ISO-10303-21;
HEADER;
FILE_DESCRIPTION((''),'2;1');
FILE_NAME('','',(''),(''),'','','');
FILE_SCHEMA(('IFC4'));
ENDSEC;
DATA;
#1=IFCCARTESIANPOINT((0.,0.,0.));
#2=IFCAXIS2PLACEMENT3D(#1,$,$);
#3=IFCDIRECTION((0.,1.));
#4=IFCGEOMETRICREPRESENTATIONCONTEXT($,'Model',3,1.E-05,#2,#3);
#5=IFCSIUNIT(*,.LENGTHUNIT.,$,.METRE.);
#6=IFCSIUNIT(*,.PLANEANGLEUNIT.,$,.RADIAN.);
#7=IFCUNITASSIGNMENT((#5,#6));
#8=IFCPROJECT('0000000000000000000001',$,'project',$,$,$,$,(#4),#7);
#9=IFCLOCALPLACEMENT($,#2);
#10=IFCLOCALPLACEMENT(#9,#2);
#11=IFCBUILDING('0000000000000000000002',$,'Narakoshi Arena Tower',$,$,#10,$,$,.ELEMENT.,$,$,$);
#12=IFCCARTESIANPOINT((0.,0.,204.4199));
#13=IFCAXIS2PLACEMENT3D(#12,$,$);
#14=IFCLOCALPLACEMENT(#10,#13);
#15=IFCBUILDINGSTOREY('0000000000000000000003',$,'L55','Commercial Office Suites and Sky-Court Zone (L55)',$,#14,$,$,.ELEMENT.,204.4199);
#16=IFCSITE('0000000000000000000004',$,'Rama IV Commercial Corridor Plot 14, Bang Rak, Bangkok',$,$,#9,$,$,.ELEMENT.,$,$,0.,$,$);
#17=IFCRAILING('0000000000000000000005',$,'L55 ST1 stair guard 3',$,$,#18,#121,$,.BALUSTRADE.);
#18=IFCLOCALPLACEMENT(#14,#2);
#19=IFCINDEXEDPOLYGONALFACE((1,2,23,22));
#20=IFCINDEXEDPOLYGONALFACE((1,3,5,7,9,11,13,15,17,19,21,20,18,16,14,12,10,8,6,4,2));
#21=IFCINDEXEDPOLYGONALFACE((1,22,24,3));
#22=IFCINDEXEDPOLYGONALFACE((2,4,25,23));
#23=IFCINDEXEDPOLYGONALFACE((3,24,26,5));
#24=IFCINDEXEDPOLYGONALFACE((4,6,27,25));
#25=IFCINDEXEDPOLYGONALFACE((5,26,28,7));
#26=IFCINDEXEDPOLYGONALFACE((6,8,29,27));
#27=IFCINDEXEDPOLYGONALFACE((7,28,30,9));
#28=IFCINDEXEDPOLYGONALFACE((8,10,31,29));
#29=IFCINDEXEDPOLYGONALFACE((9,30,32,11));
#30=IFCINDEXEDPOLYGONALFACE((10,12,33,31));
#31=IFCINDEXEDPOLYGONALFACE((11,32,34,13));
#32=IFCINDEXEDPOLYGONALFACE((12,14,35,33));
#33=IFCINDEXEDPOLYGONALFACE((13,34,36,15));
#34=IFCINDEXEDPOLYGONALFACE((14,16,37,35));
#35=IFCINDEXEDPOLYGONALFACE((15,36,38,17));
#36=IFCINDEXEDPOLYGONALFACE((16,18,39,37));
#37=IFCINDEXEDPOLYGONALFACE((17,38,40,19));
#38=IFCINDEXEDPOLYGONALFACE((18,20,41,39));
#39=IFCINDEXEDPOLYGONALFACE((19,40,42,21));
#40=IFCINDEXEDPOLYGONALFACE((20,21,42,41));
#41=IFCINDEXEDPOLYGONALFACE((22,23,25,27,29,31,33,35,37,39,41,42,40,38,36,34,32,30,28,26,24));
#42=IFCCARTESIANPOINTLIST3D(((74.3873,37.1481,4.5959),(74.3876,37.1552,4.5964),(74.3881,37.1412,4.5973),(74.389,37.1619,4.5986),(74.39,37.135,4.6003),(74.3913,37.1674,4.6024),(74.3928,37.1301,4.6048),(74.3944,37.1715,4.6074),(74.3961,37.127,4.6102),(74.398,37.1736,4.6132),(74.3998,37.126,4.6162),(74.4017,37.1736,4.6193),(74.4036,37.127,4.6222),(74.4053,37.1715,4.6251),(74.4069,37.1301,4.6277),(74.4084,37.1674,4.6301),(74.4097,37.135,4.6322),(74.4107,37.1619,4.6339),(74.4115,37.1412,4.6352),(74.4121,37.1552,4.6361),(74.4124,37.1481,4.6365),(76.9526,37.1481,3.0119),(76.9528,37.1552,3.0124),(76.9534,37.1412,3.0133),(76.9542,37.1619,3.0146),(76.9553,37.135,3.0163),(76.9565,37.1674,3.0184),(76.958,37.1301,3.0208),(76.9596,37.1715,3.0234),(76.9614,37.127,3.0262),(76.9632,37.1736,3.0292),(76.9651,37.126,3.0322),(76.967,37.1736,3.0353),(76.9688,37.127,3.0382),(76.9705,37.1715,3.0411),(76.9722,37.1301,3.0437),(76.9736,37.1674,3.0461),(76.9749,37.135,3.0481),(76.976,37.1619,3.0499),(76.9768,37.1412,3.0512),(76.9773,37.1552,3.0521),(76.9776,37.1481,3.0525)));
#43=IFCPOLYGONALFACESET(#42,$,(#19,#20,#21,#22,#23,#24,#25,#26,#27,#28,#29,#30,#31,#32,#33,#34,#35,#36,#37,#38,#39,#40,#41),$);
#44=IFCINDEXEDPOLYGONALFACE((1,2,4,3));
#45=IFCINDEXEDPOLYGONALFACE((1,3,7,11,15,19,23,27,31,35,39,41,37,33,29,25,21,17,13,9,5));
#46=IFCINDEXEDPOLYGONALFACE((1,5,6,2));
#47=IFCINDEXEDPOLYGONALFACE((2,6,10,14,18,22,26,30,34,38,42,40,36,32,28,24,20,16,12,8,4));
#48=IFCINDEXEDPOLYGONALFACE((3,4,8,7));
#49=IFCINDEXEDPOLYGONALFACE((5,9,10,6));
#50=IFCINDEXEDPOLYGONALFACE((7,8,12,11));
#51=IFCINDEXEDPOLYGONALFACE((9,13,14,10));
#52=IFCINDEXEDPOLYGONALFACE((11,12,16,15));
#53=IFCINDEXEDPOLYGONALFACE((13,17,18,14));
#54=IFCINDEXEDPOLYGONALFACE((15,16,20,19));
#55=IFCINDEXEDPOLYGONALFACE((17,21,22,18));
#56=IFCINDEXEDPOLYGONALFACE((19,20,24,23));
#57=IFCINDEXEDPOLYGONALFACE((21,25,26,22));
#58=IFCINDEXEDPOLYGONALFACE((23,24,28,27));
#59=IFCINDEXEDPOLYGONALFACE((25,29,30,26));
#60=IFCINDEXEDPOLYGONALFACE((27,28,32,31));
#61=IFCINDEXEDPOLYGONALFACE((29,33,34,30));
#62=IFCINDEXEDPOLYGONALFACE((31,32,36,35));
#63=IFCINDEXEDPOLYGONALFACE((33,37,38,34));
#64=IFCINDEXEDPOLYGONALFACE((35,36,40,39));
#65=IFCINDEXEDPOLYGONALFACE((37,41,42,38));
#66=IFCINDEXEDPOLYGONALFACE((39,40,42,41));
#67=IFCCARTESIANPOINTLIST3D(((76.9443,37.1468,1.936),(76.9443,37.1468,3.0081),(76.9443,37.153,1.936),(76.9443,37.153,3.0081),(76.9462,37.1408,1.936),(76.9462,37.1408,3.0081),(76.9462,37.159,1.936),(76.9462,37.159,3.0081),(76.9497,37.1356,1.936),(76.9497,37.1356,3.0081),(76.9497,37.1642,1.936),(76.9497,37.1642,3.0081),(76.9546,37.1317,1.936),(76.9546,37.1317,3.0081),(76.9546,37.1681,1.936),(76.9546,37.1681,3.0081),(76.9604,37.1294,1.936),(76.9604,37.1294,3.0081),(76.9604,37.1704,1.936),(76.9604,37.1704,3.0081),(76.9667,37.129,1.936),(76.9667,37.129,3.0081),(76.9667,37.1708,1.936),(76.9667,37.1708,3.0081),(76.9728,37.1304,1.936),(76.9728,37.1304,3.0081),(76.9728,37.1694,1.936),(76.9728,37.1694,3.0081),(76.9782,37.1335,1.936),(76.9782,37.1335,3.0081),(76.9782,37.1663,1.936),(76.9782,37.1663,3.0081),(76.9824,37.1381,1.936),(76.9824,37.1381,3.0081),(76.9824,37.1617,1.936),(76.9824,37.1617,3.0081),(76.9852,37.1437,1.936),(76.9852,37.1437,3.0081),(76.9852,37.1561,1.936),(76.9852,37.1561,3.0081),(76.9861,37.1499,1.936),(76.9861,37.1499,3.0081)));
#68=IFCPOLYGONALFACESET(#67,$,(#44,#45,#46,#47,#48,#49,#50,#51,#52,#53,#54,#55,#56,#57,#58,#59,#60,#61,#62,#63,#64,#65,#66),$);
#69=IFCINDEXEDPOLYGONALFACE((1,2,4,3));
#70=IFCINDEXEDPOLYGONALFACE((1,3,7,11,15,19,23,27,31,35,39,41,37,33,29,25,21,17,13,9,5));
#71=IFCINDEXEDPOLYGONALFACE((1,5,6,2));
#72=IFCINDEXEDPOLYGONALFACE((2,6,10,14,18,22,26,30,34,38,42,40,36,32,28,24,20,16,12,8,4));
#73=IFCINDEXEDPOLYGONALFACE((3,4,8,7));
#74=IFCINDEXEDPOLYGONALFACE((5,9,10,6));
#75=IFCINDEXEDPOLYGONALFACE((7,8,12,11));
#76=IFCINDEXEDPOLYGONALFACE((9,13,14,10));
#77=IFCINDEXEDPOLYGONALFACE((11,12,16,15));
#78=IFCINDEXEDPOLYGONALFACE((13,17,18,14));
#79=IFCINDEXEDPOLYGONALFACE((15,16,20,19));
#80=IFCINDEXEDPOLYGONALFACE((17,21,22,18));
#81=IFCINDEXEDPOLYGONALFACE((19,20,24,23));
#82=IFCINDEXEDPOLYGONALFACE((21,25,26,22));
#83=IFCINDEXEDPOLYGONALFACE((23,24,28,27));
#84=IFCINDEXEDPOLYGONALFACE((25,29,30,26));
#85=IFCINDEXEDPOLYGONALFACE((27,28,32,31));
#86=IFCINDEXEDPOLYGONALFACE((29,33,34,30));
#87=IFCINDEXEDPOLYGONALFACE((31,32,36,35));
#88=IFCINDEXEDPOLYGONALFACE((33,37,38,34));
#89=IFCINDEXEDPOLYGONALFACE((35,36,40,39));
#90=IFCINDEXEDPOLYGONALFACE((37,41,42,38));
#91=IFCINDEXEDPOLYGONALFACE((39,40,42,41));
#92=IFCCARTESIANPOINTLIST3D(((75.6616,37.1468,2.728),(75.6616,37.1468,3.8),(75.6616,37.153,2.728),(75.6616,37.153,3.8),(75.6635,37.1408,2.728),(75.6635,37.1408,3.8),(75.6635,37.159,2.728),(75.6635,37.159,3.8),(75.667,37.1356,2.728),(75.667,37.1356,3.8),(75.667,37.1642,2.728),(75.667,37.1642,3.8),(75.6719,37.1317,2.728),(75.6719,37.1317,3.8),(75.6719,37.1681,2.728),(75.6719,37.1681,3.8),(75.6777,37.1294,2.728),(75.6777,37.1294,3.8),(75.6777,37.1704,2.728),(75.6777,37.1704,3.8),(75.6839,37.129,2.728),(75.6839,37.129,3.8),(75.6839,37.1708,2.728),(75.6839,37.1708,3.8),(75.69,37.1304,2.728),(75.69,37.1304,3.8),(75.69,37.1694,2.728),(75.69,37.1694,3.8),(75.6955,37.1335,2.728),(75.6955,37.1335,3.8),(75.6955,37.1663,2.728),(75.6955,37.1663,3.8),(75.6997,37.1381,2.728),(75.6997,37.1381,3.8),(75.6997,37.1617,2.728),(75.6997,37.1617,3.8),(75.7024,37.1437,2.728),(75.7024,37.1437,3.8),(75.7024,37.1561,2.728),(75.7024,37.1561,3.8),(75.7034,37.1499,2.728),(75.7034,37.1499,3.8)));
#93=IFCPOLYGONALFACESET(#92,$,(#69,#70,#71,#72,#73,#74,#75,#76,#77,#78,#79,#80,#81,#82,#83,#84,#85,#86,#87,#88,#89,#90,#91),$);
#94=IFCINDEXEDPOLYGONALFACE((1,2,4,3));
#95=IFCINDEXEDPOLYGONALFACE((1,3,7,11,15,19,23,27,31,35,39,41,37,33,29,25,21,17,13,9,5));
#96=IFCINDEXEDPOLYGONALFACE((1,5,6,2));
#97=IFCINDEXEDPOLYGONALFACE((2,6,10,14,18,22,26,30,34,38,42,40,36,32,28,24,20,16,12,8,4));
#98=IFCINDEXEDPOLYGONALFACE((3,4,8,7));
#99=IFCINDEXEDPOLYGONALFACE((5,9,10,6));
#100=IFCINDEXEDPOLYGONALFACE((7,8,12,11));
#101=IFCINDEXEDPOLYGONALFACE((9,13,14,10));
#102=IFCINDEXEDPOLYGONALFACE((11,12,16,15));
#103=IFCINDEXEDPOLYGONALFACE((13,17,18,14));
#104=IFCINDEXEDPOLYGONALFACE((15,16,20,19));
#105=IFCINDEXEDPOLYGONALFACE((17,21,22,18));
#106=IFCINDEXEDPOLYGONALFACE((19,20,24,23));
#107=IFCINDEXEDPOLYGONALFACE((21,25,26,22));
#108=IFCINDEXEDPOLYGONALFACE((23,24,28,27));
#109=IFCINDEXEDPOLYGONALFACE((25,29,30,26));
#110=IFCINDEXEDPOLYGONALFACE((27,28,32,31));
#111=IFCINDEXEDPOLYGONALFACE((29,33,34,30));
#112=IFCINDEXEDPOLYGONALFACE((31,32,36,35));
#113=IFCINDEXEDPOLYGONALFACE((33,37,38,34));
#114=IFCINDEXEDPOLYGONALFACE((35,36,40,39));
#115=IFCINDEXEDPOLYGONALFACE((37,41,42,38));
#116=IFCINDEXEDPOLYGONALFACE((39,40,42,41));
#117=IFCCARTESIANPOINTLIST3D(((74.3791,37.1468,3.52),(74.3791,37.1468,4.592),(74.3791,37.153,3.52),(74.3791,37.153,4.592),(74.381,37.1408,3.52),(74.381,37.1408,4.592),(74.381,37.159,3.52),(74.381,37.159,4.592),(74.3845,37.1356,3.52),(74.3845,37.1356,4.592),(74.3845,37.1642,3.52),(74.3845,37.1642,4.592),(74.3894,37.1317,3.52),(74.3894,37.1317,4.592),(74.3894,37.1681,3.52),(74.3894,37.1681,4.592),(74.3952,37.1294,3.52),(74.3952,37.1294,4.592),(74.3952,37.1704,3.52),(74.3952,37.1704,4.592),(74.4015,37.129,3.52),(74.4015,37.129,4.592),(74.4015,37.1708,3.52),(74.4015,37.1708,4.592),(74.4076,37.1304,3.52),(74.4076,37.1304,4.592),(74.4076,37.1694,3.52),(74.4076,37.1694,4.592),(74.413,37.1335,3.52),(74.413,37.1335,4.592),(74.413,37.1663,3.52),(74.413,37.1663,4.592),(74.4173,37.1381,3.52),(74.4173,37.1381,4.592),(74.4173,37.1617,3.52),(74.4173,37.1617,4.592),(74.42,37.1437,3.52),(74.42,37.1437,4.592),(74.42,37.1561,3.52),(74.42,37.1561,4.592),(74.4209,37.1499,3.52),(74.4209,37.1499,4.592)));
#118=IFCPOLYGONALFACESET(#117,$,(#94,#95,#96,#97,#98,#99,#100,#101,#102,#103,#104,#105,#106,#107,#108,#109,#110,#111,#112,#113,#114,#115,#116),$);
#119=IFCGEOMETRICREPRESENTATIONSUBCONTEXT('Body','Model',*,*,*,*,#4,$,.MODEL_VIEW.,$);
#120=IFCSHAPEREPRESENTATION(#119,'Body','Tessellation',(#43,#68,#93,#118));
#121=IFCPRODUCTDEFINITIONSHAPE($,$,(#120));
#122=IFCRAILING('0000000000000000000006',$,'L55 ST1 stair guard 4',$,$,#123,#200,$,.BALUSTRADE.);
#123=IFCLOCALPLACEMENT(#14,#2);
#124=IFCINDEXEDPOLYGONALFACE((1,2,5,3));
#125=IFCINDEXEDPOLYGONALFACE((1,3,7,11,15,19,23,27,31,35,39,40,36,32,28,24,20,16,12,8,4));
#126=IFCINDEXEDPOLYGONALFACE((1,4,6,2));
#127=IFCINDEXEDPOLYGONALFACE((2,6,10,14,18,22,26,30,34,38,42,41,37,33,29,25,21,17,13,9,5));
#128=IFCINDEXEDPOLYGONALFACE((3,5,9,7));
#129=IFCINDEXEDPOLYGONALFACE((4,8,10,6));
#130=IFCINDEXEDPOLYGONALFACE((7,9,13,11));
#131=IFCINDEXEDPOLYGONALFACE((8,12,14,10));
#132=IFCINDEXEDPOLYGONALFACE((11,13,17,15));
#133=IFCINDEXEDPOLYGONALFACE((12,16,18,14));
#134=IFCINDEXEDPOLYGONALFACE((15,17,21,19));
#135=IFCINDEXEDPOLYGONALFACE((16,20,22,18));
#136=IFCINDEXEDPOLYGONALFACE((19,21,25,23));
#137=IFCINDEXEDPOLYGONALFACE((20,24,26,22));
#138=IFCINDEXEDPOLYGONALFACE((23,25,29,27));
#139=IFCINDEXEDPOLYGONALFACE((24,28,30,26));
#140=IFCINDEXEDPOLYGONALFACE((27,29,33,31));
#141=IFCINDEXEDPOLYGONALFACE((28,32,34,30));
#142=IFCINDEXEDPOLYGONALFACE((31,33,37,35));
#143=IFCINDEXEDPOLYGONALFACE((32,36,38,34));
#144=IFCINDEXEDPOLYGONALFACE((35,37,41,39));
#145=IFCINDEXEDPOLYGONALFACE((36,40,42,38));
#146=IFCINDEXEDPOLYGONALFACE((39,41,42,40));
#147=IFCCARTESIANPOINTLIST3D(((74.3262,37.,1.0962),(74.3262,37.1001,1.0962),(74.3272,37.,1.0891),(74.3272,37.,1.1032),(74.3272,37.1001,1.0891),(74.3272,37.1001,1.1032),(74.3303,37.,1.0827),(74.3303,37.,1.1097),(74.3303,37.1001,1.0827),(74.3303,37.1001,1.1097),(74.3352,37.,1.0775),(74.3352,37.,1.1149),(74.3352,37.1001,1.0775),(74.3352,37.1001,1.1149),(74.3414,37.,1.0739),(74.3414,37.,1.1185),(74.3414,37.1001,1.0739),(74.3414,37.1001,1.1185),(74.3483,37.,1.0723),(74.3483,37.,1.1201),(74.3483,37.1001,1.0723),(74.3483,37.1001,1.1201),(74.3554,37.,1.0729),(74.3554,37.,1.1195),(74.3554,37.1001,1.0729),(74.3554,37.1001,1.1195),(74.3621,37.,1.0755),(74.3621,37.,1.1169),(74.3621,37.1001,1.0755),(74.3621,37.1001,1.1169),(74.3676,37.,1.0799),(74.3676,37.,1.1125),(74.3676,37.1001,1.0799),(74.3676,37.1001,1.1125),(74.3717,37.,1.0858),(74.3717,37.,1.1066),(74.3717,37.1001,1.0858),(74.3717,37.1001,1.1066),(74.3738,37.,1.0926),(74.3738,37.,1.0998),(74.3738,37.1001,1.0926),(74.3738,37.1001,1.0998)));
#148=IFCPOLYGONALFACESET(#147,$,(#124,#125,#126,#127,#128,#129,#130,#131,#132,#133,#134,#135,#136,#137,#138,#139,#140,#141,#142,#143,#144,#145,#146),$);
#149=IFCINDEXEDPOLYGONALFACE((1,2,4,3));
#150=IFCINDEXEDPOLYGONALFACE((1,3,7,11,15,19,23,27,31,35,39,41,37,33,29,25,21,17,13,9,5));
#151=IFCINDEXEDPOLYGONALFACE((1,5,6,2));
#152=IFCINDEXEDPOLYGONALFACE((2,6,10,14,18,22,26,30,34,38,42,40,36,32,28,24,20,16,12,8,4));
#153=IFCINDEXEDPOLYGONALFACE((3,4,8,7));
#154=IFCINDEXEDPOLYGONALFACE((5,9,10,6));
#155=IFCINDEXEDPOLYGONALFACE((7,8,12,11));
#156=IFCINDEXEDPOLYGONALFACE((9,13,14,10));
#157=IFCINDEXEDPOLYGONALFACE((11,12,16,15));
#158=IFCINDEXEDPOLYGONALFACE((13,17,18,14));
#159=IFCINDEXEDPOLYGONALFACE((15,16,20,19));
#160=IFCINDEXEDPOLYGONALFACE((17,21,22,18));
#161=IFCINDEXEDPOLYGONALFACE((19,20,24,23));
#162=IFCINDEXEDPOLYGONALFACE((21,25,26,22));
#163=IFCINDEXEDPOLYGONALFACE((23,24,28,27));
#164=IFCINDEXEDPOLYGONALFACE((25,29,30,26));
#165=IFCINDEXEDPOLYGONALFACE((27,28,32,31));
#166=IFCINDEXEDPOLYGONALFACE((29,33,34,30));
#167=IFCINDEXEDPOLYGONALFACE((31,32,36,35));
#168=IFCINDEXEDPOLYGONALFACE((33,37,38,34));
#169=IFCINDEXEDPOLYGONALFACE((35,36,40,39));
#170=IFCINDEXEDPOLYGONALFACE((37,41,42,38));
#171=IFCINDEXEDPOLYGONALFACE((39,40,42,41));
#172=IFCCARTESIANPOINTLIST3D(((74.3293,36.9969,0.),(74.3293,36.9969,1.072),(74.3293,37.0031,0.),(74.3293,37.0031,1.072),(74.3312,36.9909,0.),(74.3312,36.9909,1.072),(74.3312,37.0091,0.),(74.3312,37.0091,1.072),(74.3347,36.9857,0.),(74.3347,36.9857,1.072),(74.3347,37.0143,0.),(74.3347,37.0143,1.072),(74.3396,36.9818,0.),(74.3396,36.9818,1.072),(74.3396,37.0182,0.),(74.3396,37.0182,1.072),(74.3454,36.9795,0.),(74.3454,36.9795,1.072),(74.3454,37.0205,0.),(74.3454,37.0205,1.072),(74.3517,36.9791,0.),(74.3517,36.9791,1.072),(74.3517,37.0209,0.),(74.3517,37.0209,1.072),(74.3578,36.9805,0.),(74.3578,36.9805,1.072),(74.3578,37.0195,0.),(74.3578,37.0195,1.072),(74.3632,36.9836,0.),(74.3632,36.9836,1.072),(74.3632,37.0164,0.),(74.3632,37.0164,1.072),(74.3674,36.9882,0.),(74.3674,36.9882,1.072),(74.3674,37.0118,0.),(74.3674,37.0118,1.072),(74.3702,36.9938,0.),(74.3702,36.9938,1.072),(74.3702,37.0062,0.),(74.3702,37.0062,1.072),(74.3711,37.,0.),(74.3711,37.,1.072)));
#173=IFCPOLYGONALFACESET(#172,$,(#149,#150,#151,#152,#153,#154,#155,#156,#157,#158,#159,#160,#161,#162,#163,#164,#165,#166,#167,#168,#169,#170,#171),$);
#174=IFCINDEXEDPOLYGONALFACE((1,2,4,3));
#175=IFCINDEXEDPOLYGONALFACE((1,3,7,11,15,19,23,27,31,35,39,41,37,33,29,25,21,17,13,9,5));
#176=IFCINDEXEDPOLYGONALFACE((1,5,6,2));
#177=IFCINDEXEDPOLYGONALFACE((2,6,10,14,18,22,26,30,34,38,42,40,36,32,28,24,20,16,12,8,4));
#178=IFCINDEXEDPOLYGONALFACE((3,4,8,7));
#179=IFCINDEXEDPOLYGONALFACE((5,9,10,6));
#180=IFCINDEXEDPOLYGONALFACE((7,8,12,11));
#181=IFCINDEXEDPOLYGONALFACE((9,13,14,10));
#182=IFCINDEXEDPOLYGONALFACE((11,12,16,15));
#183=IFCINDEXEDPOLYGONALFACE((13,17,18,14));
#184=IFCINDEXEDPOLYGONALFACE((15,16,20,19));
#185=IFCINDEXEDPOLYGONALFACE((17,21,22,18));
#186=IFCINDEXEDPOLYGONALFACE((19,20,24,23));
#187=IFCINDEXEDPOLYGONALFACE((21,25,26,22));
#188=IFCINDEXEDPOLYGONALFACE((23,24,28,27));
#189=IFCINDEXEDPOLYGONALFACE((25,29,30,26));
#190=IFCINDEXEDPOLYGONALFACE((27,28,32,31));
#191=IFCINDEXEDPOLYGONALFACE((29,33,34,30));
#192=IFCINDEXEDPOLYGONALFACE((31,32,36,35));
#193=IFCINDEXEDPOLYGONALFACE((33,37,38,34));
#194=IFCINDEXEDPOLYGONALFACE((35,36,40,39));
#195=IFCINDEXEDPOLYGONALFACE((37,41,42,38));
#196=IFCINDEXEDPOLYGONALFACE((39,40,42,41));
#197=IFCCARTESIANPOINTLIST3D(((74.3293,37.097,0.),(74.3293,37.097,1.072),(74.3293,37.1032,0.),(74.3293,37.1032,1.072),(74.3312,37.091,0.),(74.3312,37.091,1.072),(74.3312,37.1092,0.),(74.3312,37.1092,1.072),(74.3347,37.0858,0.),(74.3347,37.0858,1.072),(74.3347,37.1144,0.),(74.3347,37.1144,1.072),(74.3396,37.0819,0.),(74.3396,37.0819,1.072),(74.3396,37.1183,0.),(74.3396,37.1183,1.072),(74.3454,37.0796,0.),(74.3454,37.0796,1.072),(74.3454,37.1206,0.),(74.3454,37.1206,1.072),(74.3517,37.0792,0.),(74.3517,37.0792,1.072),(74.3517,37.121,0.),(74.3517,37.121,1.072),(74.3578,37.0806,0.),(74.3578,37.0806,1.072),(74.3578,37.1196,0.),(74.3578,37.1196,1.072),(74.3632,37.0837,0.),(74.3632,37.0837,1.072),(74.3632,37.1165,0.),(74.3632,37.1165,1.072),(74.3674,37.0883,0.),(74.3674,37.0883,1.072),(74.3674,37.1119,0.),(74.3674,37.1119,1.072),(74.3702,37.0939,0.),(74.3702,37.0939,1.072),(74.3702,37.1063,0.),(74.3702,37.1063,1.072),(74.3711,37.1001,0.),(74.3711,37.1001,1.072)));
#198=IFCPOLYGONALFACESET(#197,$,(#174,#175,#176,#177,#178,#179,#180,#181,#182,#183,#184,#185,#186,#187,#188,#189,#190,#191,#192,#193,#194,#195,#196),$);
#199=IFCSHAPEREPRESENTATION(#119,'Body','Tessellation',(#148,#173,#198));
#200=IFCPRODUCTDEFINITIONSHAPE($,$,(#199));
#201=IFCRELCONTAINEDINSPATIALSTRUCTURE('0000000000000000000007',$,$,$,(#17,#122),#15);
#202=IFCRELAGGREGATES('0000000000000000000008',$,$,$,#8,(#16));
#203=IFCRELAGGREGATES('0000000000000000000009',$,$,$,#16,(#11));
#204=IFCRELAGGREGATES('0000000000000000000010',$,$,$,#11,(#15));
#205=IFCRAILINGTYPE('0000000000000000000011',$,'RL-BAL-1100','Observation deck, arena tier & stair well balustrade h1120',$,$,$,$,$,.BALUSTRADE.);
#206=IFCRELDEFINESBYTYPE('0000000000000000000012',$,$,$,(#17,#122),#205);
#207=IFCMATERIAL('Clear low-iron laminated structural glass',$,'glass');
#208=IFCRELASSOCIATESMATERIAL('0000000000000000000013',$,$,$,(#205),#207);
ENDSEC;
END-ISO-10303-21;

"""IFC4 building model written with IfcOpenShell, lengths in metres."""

from ifc_helpers import new_model, si_unit, direction, frame, origin, origin_2d, place, context, subcontext, project, spatial, circle, extrude, material, type_object, element, save


model = new_model("IFC4")

# Units and contexts
model_context = context("Model", 3, precision=1e-05, world=origin(), true_north=direction((0.0, 1.0)))
body_context = subcontext(model_context, "Body", "Model", "MODEL_VIEW")
ifc_project = project(units=[si_unit("LENGTHUNIT", "METRE"), si_unit("PLANEANGLEUNIT", "RADIAN")], contexts=[model_context])

# Site, building, storey
site_placement = place(None, origin())
site = spatial("IfcSite", under=ifc_project, at=site_placement, Name="Rama IV Commercial Corridor Plot 14, Bang Rak, Bangkok", CompositionType="ELEMENT", RefElevation=0.0)
building_placement = place(site_placement, origin())
building = spatial("IfcBuilding", under=site, at=building_placement, Name="Narakoshi Arena Tower", CompositionType="ELEMENT")
storey_placement = place(building_placement, frame((0.0, 0.0, 204.4199)))
storey = spatial("IfcBuildingStorey", under=building, at=storey_placement, Name="L55", Description="Commercial Office Suites and Sky-Court Zone (L55)", CompositionType="ELEMENT", Elevation=204.4199)

# Railings
ifc_material_1 = material(Name="Clear low-iron laminated structural glass", Category="glass")
railing_type_1 = type_object("IfcRailingType", Name="RL-BAL-1100", Description="Observation deck, arena tier & stair well balustrade h1120", PredefinedType="BALUSTRADE", material=ifc_material_1)
railing_1_placement = place(storey_placement, frame((76.9651, 37.1499, 1.936)))
element("IfcRailing", 1, at=railing_1_placement, inside=storey, type_object=railing_type_1, Name="L55 ST1 stair guard 3", PredefinedType="BALUSTRADE", context=body_context, shape_type="SweptSolid", body=[
    extrude(circle(Radius=0.0239, at=origin_2d()), frame((0.0, 0.0, 1.0962), z_axis=(-0.850857, 0.0, 0.525398), x_axis=(0.0, -1.0, 0.0)), (0.0, 0.0, 1.0), 3.0149),
    extrude(circle(Radius=0.021, at=origin_2d()), origin(), (0.0, 0.0, 1.0), 1.072),
    extrude(circle(Radius=0.021, at=origin_2d()), frame((-1.2827, 0.0, 0.792)), (0.0, 0.0, 1.0), 1.072),
    extrude(circle(Radius=0.021, at=origin_2d()), frame((-2.5652, 0.0, 1.584)), (0.0, 0.0, 1.0), 1.072),
])
railing_2_placement = place(storey_placement, frame((74.3501, 37.0, 0.0)))
element("IfcRailing", 2, at=railing_2_placement, inside=storey, type_object=railing_type_1, Name="L55 ST1 stair guard 4", PredefinedType="BALUSTRADE", context=body_context, shape_type="SweptSolid", body=[
    extrude(circle(Radius=0.0239, at=origin_2d()), frame((0.0, 0.0, 1.0962), z_axis=(0.0, 1.0, 0.0), x_axis=(-1.0, 0.0, 0.0)), (0.0, 0.0, 1.0), 0.1001),
    extrude(circle(Radius=0.021, at=origin_2d()), origin(), (0.0, 0.0, 1.0), 1.072),
    extrude(circle(Radius=0.021, at=origin_2d()), frame((0.0, 0.1001, 0.0)), (0.0, 0.0, 1.0), 1.072),
])

save(model, "model.ifc")
